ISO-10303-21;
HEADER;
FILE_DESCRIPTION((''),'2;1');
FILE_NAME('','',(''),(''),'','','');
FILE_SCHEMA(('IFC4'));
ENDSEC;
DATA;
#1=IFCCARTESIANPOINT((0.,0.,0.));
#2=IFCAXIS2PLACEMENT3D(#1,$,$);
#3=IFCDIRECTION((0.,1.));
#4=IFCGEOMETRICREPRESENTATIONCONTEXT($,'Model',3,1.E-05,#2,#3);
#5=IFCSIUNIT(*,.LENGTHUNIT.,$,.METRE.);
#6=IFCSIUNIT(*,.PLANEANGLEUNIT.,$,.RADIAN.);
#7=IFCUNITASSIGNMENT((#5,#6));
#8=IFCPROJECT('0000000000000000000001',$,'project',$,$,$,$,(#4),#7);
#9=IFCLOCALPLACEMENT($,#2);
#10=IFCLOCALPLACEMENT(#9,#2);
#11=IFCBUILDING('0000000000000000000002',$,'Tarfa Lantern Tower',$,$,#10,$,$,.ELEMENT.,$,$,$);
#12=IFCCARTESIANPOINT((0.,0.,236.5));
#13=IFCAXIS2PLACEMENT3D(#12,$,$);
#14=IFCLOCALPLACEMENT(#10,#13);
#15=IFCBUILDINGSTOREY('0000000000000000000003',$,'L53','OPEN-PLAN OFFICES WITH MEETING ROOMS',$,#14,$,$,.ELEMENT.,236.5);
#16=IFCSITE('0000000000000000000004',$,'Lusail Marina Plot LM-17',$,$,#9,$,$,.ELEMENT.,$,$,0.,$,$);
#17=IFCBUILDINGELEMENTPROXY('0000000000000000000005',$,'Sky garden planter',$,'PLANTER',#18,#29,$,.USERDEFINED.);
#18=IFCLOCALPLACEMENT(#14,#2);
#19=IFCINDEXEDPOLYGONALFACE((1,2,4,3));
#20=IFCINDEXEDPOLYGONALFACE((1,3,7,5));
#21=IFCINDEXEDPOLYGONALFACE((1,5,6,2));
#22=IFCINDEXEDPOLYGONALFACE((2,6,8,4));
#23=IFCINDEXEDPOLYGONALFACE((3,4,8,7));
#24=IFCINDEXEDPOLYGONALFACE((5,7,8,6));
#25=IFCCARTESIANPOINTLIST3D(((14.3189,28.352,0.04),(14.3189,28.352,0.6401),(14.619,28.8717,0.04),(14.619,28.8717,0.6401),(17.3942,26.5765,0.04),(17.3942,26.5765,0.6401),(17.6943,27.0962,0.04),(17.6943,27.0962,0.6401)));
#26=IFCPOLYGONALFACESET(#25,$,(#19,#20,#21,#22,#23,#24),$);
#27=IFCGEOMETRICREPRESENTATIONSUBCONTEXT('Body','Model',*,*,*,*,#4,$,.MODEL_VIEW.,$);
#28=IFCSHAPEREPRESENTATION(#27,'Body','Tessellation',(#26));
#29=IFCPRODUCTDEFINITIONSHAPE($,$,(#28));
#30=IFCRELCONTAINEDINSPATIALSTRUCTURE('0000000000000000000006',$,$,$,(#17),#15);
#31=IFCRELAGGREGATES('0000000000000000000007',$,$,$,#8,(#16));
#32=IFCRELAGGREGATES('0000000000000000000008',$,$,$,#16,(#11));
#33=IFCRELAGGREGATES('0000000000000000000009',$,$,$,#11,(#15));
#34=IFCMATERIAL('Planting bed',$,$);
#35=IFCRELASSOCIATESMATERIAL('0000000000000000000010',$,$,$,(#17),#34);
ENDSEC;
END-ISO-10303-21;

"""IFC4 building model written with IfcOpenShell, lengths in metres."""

from ifc_helpers import new_model, si_unit, direction, frame, origin, origin_2d, place, context, subcontext, project, spatial, rectangle, extrude, material, element, save


model = new_model("IFC4")

# Units and contexts
model_context = context("Model", 3, precision=1e-05, world=origin(), true_north=direction((0.0, 1.0)))
body_context = subcontext(model_context, "Body", "Model", "MODEL_VIEW")
ifc_project = project(units=[si_unit("LENGTHUNIT", "METRE"), si_unit("PLANEANGLEUNIT", "RADIAN")], contexts=[model_context])

# Site, building, storey
site_placement = place(None, origin())
site = spatial("IfcSite", under=ifc_project, at=site_placement, Name="Lusail Marina Plot LM-17", CompositionType="ELEMENT", RefElevation=0.0)
building_placement = place(site_placement, origin())
building = spatial("IfcBuilding", under=site, at=building_placement, Name="Tarfa Lantern Tower", CompositionType="ELEMENT")
storey_placement = place(building_placement, frame((0.0, 0.0, 236.5)))
storey = spatial("IfcBuildingStorey", under=building, at=storey_placement, Name="L53", Description="OPEN-PLAN OFFICES WITH MEETING ROOMS", CompositionType="ELEMENT", Elevation=236.5)

# Building element proxy
ifc_material_1 = material(Name="Planting bed")
proxy_placement = place(storey_placement, frame((16.0066, 27.7241, 0.04), z_axis=(0.0, 0.0, 1.0), x_axis=(-0.866025, 0.5, 0.0)))
element("IfcBuildingElementProxy", 1, at=proxy_placement, inside=storey, material=ifc_material_1, Name="Sky garden planter", ObjectType="PLANTER", PredefinedType="USERDEFINED", context=body_context, shape_type="SweptSolid", body=[
    extrude(rectangle(XDim=3.551, YDim=0.6001, at=origin_2d()), origin(), (0.0, 0.0, 1.0), 0.6001),
])

save(model, "model.ifc")
